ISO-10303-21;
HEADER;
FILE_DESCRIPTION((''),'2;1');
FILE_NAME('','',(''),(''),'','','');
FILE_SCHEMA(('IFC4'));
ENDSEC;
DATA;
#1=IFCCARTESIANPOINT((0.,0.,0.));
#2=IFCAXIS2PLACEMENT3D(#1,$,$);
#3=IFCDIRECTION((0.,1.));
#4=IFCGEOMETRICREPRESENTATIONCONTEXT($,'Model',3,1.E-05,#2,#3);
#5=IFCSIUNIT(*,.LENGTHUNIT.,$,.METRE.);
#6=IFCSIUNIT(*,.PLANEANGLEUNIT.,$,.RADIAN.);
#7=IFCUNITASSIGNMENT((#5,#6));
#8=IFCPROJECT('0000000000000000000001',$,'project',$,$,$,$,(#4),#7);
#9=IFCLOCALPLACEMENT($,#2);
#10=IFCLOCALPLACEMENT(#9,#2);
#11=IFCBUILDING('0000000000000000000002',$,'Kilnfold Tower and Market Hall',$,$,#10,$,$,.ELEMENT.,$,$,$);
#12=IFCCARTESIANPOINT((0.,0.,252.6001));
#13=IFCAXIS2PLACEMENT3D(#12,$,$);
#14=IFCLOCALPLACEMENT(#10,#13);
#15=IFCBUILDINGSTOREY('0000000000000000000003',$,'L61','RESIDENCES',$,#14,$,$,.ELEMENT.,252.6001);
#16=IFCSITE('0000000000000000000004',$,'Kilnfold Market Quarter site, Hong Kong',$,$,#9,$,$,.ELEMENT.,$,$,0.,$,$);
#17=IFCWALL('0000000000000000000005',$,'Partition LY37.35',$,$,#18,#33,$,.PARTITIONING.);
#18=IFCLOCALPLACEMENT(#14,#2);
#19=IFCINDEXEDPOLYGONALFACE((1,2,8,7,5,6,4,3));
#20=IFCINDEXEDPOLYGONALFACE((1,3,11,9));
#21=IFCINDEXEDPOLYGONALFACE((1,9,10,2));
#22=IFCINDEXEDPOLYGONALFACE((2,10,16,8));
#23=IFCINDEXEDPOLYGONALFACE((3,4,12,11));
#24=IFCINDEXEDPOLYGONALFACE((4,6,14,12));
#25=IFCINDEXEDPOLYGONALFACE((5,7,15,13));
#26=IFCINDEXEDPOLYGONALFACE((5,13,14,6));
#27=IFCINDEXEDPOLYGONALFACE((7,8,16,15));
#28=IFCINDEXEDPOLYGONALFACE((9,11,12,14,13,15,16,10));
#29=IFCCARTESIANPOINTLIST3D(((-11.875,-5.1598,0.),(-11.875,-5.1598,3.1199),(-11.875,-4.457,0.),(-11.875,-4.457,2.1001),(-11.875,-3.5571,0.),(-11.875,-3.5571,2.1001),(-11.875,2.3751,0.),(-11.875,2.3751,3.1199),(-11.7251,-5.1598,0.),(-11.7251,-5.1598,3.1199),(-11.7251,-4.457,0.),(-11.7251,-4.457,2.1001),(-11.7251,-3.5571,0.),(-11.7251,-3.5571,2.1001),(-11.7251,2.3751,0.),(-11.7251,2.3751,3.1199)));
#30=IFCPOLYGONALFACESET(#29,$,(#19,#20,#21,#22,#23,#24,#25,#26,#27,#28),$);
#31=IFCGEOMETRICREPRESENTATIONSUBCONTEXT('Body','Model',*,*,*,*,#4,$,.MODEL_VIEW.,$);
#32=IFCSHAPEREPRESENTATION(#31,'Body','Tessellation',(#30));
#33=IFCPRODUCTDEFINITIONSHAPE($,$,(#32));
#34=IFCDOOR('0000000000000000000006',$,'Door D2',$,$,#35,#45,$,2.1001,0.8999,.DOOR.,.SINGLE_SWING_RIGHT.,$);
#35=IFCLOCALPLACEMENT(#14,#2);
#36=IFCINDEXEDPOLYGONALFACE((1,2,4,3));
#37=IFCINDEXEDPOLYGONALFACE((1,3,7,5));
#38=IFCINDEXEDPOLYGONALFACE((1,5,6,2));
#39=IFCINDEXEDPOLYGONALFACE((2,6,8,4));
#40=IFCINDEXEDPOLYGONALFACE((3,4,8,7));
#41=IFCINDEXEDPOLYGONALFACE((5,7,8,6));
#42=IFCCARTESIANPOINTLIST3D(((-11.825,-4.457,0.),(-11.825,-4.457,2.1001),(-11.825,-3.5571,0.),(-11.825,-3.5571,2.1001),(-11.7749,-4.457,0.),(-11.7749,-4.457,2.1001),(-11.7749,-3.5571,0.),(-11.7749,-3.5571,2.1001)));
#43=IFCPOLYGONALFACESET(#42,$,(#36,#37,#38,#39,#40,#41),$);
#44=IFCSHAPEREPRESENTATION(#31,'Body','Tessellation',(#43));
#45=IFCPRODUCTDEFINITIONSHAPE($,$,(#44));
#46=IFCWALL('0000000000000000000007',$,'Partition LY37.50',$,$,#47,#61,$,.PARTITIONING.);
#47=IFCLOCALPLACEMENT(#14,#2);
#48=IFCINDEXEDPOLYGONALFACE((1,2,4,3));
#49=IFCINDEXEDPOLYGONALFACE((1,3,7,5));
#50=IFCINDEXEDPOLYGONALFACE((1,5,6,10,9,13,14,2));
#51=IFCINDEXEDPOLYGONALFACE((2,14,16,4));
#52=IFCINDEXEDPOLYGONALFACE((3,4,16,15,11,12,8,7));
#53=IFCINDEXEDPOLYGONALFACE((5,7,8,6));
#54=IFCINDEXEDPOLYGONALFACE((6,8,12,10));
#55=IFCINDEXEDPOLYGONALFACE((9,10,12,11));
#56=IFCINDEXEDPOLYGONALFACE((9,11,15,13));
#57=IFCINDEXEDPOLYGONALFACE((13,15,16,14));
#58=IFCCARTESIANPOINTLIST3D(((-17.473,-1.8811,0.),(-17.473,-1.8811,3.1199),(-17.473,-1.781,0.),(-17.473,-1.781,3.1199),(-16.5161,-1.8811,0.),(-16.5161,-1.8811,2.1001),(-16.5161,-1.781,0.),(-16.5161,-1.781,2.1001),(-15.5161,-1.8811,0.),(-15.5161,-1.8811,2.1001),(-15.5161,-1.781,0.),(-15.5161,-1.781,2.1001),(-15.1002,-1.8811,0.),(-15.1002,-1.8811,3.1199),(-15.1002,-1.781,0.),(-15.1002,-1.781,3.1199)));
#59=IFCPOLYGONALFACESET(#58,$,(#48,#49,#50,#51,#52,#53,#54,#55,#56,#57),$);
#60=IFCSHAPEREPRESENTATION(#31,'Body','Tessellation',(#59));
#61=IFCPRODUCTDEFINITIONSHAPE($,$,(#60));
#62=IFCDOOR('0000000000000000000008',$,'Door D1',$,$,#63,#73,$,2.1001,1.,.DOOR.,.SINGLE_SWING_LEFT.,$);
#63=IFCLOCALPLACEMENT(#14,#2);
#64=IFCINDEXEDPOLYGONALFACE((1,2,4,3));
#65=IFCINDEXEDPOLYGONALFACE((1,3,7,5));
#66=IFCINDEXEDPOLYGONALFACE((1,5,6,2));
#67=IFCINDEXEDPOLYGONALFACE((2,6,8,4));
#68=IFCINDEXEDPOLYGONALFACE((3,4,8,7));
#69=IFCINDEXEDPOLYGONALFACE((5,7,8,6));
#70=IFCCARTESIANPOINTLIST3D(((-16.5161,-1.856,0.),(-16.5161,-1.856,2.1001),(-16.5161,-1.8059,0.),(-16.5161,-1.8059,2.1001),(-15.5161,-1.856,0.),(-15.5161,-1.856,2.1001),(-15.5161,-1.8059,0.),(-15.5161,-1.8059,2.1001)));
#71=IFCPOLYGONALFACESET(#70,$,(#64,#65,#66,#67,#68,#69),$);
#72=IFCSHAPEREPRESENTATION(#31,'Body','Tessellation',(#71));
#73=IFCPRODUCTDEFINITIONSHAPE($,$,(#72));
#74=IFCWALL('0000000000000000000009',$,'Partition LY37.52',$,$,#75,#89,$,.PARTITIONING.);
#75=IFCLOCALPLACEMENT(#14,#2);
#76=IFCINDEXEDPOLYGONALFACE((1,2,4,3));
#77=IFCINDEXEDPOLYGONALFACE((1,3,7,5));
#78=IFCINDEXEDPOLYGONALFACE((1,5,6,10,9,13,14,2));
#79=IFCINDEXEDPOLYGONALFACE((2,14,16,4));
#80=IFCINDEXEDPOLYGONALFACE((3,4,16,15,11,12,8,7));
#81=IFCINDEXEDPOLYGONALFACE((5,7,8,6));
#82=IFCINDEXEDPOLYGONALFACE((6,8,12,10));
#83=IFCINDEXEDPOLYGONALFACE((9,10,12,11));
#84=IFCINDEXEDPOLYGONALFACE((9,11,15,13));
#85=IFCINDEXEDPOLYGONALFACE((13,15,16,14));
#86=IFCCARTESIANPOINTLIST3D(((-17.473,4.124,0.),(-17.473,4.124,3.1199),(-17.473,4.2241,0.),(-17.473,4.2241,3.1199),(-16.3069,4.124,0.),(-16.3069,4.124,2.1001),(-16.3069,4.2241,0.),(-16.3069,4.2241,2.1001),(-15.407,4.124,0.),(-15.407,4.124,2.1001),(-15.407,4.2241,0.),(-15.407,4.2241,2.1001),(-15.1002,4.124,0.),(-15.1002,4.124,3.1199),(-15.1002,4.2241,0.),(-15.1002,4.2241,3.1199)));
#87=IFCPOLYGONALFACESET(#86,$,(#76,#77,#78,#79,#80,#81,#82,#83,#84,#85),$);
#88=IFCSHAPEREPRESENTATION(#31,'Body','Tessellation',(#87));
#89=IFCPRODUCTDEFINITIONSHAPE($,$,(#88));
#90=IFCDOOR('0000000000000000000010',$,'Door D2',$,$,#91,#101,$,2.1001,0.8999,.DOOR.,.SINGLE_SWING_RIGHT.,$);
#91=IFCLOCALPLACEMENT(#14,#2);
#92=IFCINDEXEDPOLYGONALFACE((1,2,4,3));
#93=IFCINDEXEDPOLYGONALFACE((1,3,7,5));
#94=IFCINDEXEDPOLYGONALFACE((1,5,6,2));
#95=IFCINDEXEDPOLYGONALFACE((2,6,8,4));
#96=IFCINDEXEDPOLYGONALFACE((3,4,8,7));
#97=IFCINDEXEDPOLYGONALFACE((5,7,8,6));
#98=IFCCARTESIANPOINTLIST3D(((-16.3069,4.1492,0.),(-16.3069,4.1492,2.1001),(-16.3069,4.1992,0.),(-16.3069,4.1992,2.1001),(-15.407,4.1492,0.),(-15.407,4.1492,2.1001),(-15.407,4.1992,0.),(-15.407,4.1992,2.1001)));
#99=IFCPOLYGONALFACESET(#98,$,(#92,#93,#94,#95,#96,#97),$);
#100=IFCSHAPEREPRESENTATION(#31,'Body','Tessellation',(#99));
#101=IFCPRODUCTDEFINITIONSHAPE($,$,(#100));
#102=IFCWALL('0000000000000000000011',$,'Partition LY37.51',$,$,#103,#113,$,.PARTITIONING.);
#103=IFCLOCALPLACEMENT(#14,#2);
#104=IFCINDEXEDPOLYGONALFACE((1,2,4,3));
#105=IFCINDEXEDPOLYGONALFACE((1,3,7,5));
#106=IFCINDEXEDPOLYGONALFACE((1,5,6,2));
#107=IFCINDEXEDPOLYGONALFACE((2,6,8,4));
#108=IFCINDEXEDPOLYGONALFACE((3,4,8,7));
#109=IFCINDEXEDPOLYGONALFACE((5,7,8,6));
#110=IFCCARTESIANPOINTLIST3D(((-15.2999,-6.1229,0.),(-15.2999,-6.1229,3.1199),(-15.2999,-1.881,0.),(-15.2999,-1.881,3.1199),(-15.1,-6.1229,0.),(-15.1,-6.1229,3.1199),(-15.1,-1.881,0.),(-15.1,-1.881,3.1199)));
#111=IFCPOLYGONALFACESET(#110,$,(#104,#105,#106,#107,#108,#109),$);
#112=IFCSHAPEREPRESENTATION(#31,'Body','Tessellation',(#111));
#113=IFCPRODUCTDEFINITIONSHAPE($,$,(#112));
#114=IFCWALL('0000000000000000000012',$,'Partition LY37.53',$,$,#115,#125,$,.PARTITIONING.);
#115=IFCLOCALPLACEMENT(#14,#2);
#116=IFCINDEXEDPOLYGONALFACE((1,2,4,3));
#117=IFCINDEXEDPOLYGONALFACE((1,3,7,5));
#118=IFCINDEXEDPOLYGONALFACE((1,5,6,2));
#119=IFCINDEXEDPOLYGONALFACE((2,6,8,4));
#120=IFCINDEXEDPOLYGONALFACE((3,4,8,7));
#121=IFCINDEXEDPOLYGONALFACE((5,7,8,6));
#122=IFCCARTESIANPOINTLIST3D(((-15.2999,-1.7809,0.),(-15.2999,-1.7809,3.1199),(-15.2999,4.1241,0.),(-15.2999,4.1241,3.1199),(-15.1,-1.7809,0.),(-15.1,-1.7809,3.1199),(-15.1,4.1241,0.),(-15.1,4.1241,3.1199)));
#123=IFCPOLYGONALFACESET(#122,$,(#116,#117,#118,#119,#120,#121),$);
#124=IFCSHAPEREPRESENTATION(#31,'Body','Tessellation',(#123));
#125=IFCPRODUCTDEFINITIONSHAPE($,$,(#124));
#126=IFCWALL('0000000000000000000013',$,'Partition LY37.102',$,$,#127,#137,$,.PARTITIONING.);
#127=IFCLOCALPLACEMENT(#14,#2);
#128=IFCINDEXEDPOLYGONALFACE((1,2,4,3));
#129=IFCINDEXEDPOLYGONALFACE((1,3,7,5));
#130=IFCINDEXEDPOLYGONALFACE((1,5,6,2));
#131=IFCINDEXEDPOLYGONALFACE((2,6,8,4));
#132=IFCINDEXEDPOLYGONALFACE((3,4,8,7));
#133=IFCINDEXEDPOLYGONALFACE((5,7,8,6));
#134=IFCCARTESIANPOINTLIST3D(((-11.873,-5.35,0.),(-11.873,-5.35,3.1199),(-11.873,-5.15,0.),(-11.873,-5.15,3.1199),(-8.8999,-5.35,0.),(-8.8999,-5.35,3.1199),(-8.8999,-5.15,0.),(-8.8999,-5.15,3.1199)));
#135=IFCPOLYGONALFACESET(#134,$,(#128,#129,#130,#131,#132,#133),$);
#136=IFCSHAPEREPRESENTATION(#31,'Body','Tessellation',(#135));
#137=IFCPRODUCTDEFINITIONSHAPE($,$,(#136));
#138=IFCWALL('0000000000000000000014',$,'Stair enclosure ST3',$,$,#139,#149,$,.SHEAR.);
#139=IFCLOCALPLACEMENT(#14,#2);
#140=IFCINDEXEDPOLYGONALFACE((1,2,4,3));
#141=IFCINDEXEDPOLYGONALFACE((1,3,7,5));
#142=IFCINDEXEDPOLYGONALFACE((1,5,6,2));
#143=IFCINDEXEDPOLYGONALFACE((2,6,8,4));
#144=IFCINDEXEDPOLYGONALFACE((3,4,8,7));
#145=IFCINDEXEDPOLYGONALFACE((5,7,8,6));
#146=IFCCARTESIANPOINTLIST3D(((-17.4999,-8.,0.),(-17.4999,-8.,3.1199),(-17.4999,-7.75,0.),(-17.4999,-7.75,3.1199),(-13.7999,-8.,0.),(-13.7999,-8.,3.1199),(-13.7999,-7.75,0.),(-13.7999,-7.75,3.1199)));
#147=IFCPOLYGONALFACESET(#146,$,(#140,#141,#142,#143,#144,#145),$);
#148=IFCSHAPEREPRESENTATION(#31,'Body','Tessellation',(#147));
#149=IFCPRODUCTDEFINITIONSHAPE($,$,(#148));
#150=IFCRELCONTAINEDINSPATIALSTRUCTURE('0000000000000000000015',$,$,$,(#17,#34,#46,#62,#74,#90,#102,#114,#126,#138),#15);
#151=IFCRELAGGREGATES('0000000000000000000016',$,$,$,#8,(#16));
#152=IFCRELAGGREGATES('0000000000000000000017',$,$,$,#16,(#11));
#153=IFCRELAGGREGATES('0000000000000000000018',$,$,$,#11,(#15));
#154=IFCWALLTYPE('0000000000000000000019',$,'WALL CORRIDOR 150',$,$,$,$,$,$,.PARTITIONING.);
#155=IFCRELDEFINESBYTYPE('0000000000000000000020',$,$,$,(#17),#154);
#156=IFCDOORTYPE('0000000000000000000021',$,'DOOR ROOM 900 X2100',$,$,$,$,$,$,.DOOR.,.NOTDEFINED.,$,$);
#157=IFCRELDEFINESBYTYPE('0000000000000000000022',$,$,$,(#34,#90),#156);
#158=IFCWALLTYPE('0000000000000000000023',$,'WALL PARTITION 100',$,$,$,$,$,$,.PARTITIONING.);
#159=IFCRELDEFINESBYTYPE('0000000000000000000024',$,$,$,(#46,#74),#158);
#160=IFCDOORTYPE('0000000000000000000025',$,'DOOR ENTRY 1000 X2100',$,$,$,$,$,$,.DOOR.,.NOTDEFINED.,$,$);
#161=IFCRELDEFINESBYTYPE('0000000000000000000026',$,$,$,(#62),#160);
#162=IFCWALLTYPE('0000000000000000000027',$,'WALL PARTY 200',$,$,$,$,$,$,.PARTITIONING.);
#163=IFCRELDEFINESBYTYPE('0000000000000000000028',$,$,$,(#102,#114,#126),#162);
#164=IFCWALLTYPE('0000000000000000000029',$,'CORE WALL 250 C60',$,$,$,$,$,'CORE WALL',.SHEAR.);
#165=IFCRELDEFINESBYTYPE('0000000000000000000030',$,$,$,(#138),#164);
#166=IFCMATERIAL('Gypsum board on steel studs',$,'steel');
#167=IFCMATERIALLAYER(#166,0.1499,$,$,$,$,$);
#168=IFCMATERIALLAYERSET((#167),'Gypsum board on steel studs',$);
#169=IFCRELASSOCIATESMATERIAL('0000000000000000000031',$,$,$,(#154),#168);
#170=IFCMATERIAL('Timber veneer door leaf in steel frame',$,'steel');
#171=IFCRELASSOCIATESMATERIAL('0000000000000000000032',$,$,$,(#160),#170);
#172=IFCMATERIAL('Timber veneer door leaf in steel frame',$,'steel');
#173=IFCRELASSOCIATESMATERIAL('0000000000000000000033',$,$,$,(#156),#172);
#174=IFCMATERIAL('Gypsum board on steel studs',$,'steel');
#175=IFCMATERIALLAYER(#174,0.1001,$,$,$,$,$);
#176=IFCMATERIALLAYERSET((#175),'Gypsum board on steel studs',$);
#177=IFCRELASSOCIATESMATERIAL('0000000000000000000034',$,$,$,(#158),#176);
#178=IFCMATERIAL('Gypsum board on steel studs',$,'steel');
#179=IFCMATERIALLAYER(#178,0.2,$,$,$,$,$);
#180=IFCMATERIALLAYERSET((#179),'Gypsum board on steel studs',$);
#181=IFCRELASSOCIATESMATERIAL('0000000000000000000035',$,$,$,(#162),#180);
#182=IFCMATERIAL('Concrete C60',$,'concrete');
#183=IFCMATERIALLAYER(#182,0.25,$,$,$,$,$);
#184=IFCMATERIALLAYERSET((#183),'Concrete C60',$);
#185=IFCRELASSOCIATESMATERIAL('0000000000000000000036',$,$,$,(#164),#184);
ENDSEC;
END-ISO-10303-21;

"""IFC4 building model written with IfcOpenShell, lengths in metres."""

from ifc_helpers import new_model, si_unit, direction, frame, frame_2d, origin, place, context, subcontext, project, spatial, rectangle, extrude, source, transform, mapped, material, layer, layer_set, type_object, element, fill, save


model = new_model("IFC4")

# Units and contexts
model_context = context("Model", 3, precision=1e-05, world=origin(), true_north=direction((0.0, 1.0)))
body_context = subcontext(model_context, "Body", "Model", "MODEL_VIEW")
ifc_project = project(units=[si_unit("LENGTHUNIT", "METRE"), si_unit("PLANEANGLEUNIT", "RADIAN")], contexts=[model_context])

# Site, building, storey
site_placement = place(None, origin())
site = spatial("IfcSite", under=ifc_project, at=site_placement, Name="Kilnfold Market Quarter site, Hong Kong", CompositionType="ELEMENT", RefElevation=0.0)
building_placement = place(site_placement, origin())
building = spatial("IfcBuilding", under=site, at=building_placement, Name="Kilnfold Tower and Market Hall", CompositionType="ELEMENT")
storey_placement = place(building_placement, frame((0.0, 0.0, 252.6001)))
storey = spatial("IfcBuildingStorey", under=building, at=storey_placement, Name="L61", Description="RESIDENCES", CompositionType="ELEMENT", Elevation=252.6001)

# Shared definitions
ifc_material_1 = material(Name="Gypsum board on steel studs", Category="steel")
ifc_layer_1 = layer(ifc_material_1, 0.1499)
ifc_layer_set_1 = layer_set([ifc_layer_1], Name="Gypsum board on steel studs")
wall_type_1 = type_object("IfcWallType", Name="WALL CORRIDOR 150", PredefinedType="PARTITIONING", material=ifc_layer_set_1)
ifc_material_2 = material(Name="Timber veneer door leaf in steel frame", Category="steel")
door_type_1 = type_object("IfcDoorType", Name="DOOR ENTRY 1000 X2100", OperationType="NOTDEFINED", PredefinedType="DOOR", material=ifc_material_2)

# Walls, openings, doors
wall_1_placement = place(storey_placement, frame((-11.8, -5.1599, 0.0), z_axis=(0.0, 0.0, 1.0), x_axis=(0.0, 1.0, 0.0)))
wall_1 = element("IfcWall", 1, at=wall_1_placement, inside=storey, type_object=wall_type_1, Name="Partition LY37.35", PredefinedType="PARTITIONING", context=body_context, shape_type="SweptSolid", body=[
    extrude(rectangle(XDim=7.5349, YDim=0.1499, at=frame_2d((3.7676, 0.0))), origin(), (0.0, 0.0, 1.0), 3.1199),
])
opening_1_placement = place(wall_1_placement, frame((0.7029, 0.0, 0.0)))
opening_1 = element("IfcOpeningElement", 2, at=opening_1_placement, cuts=wall_1, PredefinedType="OPENING", context=body_context, shape_type="SweptSolid", body=[
    extrude(rectangle(XDim=0.8999, YDim=2.1001, at=frame_2d((0.45, 1.05))), frame((0.0, 0.085, 0.0), z_axis=(0.0, -1.0, 0.0), x_axis=(1.0, 0.0, 0.0)), (0.0, 0.0, 1.0), 0.1699),
])
ifc_material_3 = material(Name="Timber veneer door leaf in steel frame", Category="steel")
door_type_2 = type_object("IfcDoorType", Name="DOOR ROOM 900 X2100", OperationType="NOTDEFINED", PredefinedType="DOOR", material=ifc_material_3)
door_1_placement = place(opening_1_placement, origin())
door_1 = element("IfcDoor", 3, at=door_1_placement, inside=storey, type_object=door_type_2, Name="Door D2", OperationType="SINGLE_SWING_RIGHT", OverallHeight=2.1001, OverallWidth=0.8999, PredefinedType="DOOR", context=body_context, shape_type="SweptSolid", body=[
    extrude(rectangle(XDim=0.8999, YDim=2.1001, at=frame_2d((0.45, 1.05))), frame((0.0, 0.0249, 0.0), z_axis=(0.0, -1.0, 0.0), x_axis=(1.0, 0.0, 0.0)), (0.0, 0.0, 1.0), 0.05),
])
fill(opening_1, door_1)
ifc_material_4 = material(Name="Gypsum board on steel studs", Category="steel")
ifc_layer_2 = layer(ifc_material_4, 0.1001)
ifc_layer_set_2 = layer_set([ifc_layer_2], Name="Gypsum board on steel studs")
wall_type_2 = type_object("IfcWallType", Name="WALL PARTITION 100", PredefinedType="PARTITIONING", material=ifc_layer_set_2)
wall_2_placement = place(storey_placement, frame((-15.1001, -1.8311, 0.0), z_axis=(0.0, 0.0, 1.0), x_axis=(-1.0, 0.0, 0.0)))
wall_2 = element("IfcWall", 4, at=wall_2_placement, inside=storey, type_object=wall_type_2, Name="Partition LY37.50", PredefinedType="PARTITIONING", context=body_context, shape_type="SweptSolid", body=[
    extrude(rectangle(XDim=2.3728, YDim=0.1001, at=frame_2d((1.1865, 0.0))), origin(), (0.0, 0.0, 1.0), 3.1199),
])
opening_2_placement = place(wall_2_placement, frame((0.416, 0.0, 0.0)))
opening_2 = element("IfcOpeningElement", 5, at=opening_2_placement, cuts=wall_2, PredefinedType="OPENING", context=body_context, shape_type="SweptSolid", body=[
    extrude(rectangle(XDim=1.0, YDim=2.1001, at=frame_2d((0.5, 1.05))), frame((0.0, 0.0601, 0.0), z_axis=(0.0, -1.0, 0.0), x_axis=(1.0, 0.0, 0.0)), (0.0, 0.0, 1.0), 0.1201),
])
door_2_placement = place(opening_2_placement, origin())
door_2 = element("IfcDoor", 6, at=door_2_placement, inside=storey, type_object=door_type_1, Name="Door D1", OperationType="SINGLE_SWING_LEFT", OverallHeight=2.1001, OverallWidth=1.0, PredefinedType="DOOR", context=body_context, shape_type="SweptSolid", body=[
    extrude(rectangle(XDim=1.0, YDim=2.1001, at=frame_2d((0.5, 1.05))), frame((0.0, 0.0249, 0.0), z_axis=(0.0, -1.0, 0.0), x_axis=(1.0, 0.0, 0.0)), (0.0, 0.0, 1.0), 0.05),
])
fill(opening_2, door_2)
wall_3_placement = place(storey_placement, frame((-15.1001, 4.1741, 0.0), z_axis=(0.0, 0.0, 1.0), x_axis=(-1.0, 0.0, 0.0)))
wall_3 = element("IfcWall", 7, at=wall_3_placement, inside=storey, type_object=wall_type_2, Name="Partition LY37.52", PredefinedType="PARTITIONING", context=body_context, shape_type="SweptSolid", body=[
    extrude(rectangle(XDim=2.3728, YDim=0.1001, at=frame_2d((1.1865, 0.0))), origin(), (0.0, 0.0, 1.0), 3.1199),
])
opening_3_placement = place(wall_3_placement, frame((0.3069, 0.0, 0.0)))
opening_3 = element("IfcOpeningElement", 8, at=opening_3_placement, cuts=wall_3, PredefinedType="OPENING", context=body_context, shape_type="SweptSolid", body=[
    extrude(rectangle(XDim=0.8999, YDim=2.1001, at=frame_2d((0.45, 1.05))), frame((0.0, 0.0601, 0.0), z_axis=(0.0, -1.0, 0.0), x_axis=(1.0, 0.0, 0.0)), (0.0, 0.0, 1.0), 0.1201),
])
door_3_placement = place(opening_3_placement, origin())
door_3 = element("IfcDoor", 9, at=door_3_placement, inside=storey, type_object=door_type_2, Name="Door D2", OperationType="SINGLE_SWING_RIGHT", OverallHeight=2.1001, OverallWidth=0.8999, PredefinedType="DOOR", context=body_context, shape_type="SweptSolid", body=[
    extrude(rectangle(XDim=0.8999, YDim=2.1001, at=frame_2d((0.45, 1.05))), frame((0.0, 0.0249, 0.0), z_axis=(0.0, -1.0, 0.0), x_axis=(1.0, 0.0, 0.0)), (0.0, 0.0, 1.0), 0.05),
])
fill(opening_3, door_3)

# Walls
ifc_material_5 = material(Name="Gypsum board on steel studs", Category="steel")
ifc_layer_3 = layer(ifc_material_5, 0.2)
ifc_layer_set_3 = layer_set([ifc_layer_3], Name="Gypsum board on steel studs")
wall_type_3 = type_object("IfcWallType", Name="WALL PARTY 200", PredefinedType="PARTITIONING", material=ifc_layer_set_3)
wall_4_placement = place(storey_placement, frame((-15.2, -6.123, 0.0), z_axis=(0.0, 0.0, 1.0), x_axis=(0.0, 1.0, 0.0)))
element("IfcWall", 10, at=wall_4_placement, inside=storey, type_object=wall_type_3, Name="Partition LY37.51", PredefinedType="PARTITIONING", context=body_context, shape_type="SweptSolid", body=[
    extrude(rectangle(XDim=4.2419, YDim=0.2, at=frame_2d((2.1211, 0.0))), origin(), (0.0, 0.0, 1.0), 3.1199),
])
wall_5_placement = place(storey_placement, frame((-15.2, -1.781, 0.0), z_axis=(0.0, 0.0, 1.0), x_axis=(0.0, 1.0, 0.0)))
element("IfcWall", 11, at=wall_5_placement, inside=storey, type_object=wall_type_3, Name="Partition LY37.53", PredefinedType="PARTITIONING", context=body_context, shape_type="SweptSolid", body=[
    extrude(rectangle(XDim=5.905, YDim=0.2, at=frame_2d((2.9526, 0.0))), origin(), (0.0, 0.0, 1.0), 3.1199),
])
wall_6_placement = place(storey_placement, frame((-11.873, -5.25, 0.0), z_axis=(0.0, 0.0, 1.0), x_axis=(1.0, 0.0, 0.0)))
element("IfcWall", 12, at=wall_6_placement, inside=storey, type_object=wall_type_3, Name="Partition LY37.102", PredefinedType="PARTITIONING", context=body_context, shape_type="SweptSolid", body=[
    extrude(rectangle(XDim=2.9731, YDim=0.2, at=frame_2d((1.4866, 0.0))), origin(), (0.0, 0.0, 1.0), 3.1199),
])
ifc_material_6 = material(Name="Concrete C60", Category="concrete")
ifc_layer_4 = layer(ifc_material_6, 0.25)
ifc_layer_set_4 = layer_set([ifc_layer_4], Name="Concrete C60")
wall_type_4 = type_object("IfcWallType", Name="CORE WALL 250 C60", ElementType="CORE WALL", PredefinedType="SHEAR", material=ifc_layer_set_4)
shared_shape_1 = source(origin(), body_context, "Body", "SweptSolid", [
    extrude(rectangle(XDim=3.7, YDim=0.25, at=frame_2d((1.8501, 0.0))), origin(), (0.0, 0.0, 1.0), 3.1199),
])
wall_7_placement = place(storey_placement, frame((-17.5, -7.875, 0.0), z_axis=(0.0, 0.0, 1.0), x_axis=(1.0, 0.0, 0.0)))
element("IfcWall", 13, at=wall_7_placement, inside=storey, type_object=wall_type_4, Name="Stair enclosure ST3", PredefinedType="SHEAR", context=body_context, shape_type="MappedRepresentation", body=[
    mapped(shared_shape_1, transform((0.0, 0.0, 0.0))),
])

save(model, "model.ifc")
